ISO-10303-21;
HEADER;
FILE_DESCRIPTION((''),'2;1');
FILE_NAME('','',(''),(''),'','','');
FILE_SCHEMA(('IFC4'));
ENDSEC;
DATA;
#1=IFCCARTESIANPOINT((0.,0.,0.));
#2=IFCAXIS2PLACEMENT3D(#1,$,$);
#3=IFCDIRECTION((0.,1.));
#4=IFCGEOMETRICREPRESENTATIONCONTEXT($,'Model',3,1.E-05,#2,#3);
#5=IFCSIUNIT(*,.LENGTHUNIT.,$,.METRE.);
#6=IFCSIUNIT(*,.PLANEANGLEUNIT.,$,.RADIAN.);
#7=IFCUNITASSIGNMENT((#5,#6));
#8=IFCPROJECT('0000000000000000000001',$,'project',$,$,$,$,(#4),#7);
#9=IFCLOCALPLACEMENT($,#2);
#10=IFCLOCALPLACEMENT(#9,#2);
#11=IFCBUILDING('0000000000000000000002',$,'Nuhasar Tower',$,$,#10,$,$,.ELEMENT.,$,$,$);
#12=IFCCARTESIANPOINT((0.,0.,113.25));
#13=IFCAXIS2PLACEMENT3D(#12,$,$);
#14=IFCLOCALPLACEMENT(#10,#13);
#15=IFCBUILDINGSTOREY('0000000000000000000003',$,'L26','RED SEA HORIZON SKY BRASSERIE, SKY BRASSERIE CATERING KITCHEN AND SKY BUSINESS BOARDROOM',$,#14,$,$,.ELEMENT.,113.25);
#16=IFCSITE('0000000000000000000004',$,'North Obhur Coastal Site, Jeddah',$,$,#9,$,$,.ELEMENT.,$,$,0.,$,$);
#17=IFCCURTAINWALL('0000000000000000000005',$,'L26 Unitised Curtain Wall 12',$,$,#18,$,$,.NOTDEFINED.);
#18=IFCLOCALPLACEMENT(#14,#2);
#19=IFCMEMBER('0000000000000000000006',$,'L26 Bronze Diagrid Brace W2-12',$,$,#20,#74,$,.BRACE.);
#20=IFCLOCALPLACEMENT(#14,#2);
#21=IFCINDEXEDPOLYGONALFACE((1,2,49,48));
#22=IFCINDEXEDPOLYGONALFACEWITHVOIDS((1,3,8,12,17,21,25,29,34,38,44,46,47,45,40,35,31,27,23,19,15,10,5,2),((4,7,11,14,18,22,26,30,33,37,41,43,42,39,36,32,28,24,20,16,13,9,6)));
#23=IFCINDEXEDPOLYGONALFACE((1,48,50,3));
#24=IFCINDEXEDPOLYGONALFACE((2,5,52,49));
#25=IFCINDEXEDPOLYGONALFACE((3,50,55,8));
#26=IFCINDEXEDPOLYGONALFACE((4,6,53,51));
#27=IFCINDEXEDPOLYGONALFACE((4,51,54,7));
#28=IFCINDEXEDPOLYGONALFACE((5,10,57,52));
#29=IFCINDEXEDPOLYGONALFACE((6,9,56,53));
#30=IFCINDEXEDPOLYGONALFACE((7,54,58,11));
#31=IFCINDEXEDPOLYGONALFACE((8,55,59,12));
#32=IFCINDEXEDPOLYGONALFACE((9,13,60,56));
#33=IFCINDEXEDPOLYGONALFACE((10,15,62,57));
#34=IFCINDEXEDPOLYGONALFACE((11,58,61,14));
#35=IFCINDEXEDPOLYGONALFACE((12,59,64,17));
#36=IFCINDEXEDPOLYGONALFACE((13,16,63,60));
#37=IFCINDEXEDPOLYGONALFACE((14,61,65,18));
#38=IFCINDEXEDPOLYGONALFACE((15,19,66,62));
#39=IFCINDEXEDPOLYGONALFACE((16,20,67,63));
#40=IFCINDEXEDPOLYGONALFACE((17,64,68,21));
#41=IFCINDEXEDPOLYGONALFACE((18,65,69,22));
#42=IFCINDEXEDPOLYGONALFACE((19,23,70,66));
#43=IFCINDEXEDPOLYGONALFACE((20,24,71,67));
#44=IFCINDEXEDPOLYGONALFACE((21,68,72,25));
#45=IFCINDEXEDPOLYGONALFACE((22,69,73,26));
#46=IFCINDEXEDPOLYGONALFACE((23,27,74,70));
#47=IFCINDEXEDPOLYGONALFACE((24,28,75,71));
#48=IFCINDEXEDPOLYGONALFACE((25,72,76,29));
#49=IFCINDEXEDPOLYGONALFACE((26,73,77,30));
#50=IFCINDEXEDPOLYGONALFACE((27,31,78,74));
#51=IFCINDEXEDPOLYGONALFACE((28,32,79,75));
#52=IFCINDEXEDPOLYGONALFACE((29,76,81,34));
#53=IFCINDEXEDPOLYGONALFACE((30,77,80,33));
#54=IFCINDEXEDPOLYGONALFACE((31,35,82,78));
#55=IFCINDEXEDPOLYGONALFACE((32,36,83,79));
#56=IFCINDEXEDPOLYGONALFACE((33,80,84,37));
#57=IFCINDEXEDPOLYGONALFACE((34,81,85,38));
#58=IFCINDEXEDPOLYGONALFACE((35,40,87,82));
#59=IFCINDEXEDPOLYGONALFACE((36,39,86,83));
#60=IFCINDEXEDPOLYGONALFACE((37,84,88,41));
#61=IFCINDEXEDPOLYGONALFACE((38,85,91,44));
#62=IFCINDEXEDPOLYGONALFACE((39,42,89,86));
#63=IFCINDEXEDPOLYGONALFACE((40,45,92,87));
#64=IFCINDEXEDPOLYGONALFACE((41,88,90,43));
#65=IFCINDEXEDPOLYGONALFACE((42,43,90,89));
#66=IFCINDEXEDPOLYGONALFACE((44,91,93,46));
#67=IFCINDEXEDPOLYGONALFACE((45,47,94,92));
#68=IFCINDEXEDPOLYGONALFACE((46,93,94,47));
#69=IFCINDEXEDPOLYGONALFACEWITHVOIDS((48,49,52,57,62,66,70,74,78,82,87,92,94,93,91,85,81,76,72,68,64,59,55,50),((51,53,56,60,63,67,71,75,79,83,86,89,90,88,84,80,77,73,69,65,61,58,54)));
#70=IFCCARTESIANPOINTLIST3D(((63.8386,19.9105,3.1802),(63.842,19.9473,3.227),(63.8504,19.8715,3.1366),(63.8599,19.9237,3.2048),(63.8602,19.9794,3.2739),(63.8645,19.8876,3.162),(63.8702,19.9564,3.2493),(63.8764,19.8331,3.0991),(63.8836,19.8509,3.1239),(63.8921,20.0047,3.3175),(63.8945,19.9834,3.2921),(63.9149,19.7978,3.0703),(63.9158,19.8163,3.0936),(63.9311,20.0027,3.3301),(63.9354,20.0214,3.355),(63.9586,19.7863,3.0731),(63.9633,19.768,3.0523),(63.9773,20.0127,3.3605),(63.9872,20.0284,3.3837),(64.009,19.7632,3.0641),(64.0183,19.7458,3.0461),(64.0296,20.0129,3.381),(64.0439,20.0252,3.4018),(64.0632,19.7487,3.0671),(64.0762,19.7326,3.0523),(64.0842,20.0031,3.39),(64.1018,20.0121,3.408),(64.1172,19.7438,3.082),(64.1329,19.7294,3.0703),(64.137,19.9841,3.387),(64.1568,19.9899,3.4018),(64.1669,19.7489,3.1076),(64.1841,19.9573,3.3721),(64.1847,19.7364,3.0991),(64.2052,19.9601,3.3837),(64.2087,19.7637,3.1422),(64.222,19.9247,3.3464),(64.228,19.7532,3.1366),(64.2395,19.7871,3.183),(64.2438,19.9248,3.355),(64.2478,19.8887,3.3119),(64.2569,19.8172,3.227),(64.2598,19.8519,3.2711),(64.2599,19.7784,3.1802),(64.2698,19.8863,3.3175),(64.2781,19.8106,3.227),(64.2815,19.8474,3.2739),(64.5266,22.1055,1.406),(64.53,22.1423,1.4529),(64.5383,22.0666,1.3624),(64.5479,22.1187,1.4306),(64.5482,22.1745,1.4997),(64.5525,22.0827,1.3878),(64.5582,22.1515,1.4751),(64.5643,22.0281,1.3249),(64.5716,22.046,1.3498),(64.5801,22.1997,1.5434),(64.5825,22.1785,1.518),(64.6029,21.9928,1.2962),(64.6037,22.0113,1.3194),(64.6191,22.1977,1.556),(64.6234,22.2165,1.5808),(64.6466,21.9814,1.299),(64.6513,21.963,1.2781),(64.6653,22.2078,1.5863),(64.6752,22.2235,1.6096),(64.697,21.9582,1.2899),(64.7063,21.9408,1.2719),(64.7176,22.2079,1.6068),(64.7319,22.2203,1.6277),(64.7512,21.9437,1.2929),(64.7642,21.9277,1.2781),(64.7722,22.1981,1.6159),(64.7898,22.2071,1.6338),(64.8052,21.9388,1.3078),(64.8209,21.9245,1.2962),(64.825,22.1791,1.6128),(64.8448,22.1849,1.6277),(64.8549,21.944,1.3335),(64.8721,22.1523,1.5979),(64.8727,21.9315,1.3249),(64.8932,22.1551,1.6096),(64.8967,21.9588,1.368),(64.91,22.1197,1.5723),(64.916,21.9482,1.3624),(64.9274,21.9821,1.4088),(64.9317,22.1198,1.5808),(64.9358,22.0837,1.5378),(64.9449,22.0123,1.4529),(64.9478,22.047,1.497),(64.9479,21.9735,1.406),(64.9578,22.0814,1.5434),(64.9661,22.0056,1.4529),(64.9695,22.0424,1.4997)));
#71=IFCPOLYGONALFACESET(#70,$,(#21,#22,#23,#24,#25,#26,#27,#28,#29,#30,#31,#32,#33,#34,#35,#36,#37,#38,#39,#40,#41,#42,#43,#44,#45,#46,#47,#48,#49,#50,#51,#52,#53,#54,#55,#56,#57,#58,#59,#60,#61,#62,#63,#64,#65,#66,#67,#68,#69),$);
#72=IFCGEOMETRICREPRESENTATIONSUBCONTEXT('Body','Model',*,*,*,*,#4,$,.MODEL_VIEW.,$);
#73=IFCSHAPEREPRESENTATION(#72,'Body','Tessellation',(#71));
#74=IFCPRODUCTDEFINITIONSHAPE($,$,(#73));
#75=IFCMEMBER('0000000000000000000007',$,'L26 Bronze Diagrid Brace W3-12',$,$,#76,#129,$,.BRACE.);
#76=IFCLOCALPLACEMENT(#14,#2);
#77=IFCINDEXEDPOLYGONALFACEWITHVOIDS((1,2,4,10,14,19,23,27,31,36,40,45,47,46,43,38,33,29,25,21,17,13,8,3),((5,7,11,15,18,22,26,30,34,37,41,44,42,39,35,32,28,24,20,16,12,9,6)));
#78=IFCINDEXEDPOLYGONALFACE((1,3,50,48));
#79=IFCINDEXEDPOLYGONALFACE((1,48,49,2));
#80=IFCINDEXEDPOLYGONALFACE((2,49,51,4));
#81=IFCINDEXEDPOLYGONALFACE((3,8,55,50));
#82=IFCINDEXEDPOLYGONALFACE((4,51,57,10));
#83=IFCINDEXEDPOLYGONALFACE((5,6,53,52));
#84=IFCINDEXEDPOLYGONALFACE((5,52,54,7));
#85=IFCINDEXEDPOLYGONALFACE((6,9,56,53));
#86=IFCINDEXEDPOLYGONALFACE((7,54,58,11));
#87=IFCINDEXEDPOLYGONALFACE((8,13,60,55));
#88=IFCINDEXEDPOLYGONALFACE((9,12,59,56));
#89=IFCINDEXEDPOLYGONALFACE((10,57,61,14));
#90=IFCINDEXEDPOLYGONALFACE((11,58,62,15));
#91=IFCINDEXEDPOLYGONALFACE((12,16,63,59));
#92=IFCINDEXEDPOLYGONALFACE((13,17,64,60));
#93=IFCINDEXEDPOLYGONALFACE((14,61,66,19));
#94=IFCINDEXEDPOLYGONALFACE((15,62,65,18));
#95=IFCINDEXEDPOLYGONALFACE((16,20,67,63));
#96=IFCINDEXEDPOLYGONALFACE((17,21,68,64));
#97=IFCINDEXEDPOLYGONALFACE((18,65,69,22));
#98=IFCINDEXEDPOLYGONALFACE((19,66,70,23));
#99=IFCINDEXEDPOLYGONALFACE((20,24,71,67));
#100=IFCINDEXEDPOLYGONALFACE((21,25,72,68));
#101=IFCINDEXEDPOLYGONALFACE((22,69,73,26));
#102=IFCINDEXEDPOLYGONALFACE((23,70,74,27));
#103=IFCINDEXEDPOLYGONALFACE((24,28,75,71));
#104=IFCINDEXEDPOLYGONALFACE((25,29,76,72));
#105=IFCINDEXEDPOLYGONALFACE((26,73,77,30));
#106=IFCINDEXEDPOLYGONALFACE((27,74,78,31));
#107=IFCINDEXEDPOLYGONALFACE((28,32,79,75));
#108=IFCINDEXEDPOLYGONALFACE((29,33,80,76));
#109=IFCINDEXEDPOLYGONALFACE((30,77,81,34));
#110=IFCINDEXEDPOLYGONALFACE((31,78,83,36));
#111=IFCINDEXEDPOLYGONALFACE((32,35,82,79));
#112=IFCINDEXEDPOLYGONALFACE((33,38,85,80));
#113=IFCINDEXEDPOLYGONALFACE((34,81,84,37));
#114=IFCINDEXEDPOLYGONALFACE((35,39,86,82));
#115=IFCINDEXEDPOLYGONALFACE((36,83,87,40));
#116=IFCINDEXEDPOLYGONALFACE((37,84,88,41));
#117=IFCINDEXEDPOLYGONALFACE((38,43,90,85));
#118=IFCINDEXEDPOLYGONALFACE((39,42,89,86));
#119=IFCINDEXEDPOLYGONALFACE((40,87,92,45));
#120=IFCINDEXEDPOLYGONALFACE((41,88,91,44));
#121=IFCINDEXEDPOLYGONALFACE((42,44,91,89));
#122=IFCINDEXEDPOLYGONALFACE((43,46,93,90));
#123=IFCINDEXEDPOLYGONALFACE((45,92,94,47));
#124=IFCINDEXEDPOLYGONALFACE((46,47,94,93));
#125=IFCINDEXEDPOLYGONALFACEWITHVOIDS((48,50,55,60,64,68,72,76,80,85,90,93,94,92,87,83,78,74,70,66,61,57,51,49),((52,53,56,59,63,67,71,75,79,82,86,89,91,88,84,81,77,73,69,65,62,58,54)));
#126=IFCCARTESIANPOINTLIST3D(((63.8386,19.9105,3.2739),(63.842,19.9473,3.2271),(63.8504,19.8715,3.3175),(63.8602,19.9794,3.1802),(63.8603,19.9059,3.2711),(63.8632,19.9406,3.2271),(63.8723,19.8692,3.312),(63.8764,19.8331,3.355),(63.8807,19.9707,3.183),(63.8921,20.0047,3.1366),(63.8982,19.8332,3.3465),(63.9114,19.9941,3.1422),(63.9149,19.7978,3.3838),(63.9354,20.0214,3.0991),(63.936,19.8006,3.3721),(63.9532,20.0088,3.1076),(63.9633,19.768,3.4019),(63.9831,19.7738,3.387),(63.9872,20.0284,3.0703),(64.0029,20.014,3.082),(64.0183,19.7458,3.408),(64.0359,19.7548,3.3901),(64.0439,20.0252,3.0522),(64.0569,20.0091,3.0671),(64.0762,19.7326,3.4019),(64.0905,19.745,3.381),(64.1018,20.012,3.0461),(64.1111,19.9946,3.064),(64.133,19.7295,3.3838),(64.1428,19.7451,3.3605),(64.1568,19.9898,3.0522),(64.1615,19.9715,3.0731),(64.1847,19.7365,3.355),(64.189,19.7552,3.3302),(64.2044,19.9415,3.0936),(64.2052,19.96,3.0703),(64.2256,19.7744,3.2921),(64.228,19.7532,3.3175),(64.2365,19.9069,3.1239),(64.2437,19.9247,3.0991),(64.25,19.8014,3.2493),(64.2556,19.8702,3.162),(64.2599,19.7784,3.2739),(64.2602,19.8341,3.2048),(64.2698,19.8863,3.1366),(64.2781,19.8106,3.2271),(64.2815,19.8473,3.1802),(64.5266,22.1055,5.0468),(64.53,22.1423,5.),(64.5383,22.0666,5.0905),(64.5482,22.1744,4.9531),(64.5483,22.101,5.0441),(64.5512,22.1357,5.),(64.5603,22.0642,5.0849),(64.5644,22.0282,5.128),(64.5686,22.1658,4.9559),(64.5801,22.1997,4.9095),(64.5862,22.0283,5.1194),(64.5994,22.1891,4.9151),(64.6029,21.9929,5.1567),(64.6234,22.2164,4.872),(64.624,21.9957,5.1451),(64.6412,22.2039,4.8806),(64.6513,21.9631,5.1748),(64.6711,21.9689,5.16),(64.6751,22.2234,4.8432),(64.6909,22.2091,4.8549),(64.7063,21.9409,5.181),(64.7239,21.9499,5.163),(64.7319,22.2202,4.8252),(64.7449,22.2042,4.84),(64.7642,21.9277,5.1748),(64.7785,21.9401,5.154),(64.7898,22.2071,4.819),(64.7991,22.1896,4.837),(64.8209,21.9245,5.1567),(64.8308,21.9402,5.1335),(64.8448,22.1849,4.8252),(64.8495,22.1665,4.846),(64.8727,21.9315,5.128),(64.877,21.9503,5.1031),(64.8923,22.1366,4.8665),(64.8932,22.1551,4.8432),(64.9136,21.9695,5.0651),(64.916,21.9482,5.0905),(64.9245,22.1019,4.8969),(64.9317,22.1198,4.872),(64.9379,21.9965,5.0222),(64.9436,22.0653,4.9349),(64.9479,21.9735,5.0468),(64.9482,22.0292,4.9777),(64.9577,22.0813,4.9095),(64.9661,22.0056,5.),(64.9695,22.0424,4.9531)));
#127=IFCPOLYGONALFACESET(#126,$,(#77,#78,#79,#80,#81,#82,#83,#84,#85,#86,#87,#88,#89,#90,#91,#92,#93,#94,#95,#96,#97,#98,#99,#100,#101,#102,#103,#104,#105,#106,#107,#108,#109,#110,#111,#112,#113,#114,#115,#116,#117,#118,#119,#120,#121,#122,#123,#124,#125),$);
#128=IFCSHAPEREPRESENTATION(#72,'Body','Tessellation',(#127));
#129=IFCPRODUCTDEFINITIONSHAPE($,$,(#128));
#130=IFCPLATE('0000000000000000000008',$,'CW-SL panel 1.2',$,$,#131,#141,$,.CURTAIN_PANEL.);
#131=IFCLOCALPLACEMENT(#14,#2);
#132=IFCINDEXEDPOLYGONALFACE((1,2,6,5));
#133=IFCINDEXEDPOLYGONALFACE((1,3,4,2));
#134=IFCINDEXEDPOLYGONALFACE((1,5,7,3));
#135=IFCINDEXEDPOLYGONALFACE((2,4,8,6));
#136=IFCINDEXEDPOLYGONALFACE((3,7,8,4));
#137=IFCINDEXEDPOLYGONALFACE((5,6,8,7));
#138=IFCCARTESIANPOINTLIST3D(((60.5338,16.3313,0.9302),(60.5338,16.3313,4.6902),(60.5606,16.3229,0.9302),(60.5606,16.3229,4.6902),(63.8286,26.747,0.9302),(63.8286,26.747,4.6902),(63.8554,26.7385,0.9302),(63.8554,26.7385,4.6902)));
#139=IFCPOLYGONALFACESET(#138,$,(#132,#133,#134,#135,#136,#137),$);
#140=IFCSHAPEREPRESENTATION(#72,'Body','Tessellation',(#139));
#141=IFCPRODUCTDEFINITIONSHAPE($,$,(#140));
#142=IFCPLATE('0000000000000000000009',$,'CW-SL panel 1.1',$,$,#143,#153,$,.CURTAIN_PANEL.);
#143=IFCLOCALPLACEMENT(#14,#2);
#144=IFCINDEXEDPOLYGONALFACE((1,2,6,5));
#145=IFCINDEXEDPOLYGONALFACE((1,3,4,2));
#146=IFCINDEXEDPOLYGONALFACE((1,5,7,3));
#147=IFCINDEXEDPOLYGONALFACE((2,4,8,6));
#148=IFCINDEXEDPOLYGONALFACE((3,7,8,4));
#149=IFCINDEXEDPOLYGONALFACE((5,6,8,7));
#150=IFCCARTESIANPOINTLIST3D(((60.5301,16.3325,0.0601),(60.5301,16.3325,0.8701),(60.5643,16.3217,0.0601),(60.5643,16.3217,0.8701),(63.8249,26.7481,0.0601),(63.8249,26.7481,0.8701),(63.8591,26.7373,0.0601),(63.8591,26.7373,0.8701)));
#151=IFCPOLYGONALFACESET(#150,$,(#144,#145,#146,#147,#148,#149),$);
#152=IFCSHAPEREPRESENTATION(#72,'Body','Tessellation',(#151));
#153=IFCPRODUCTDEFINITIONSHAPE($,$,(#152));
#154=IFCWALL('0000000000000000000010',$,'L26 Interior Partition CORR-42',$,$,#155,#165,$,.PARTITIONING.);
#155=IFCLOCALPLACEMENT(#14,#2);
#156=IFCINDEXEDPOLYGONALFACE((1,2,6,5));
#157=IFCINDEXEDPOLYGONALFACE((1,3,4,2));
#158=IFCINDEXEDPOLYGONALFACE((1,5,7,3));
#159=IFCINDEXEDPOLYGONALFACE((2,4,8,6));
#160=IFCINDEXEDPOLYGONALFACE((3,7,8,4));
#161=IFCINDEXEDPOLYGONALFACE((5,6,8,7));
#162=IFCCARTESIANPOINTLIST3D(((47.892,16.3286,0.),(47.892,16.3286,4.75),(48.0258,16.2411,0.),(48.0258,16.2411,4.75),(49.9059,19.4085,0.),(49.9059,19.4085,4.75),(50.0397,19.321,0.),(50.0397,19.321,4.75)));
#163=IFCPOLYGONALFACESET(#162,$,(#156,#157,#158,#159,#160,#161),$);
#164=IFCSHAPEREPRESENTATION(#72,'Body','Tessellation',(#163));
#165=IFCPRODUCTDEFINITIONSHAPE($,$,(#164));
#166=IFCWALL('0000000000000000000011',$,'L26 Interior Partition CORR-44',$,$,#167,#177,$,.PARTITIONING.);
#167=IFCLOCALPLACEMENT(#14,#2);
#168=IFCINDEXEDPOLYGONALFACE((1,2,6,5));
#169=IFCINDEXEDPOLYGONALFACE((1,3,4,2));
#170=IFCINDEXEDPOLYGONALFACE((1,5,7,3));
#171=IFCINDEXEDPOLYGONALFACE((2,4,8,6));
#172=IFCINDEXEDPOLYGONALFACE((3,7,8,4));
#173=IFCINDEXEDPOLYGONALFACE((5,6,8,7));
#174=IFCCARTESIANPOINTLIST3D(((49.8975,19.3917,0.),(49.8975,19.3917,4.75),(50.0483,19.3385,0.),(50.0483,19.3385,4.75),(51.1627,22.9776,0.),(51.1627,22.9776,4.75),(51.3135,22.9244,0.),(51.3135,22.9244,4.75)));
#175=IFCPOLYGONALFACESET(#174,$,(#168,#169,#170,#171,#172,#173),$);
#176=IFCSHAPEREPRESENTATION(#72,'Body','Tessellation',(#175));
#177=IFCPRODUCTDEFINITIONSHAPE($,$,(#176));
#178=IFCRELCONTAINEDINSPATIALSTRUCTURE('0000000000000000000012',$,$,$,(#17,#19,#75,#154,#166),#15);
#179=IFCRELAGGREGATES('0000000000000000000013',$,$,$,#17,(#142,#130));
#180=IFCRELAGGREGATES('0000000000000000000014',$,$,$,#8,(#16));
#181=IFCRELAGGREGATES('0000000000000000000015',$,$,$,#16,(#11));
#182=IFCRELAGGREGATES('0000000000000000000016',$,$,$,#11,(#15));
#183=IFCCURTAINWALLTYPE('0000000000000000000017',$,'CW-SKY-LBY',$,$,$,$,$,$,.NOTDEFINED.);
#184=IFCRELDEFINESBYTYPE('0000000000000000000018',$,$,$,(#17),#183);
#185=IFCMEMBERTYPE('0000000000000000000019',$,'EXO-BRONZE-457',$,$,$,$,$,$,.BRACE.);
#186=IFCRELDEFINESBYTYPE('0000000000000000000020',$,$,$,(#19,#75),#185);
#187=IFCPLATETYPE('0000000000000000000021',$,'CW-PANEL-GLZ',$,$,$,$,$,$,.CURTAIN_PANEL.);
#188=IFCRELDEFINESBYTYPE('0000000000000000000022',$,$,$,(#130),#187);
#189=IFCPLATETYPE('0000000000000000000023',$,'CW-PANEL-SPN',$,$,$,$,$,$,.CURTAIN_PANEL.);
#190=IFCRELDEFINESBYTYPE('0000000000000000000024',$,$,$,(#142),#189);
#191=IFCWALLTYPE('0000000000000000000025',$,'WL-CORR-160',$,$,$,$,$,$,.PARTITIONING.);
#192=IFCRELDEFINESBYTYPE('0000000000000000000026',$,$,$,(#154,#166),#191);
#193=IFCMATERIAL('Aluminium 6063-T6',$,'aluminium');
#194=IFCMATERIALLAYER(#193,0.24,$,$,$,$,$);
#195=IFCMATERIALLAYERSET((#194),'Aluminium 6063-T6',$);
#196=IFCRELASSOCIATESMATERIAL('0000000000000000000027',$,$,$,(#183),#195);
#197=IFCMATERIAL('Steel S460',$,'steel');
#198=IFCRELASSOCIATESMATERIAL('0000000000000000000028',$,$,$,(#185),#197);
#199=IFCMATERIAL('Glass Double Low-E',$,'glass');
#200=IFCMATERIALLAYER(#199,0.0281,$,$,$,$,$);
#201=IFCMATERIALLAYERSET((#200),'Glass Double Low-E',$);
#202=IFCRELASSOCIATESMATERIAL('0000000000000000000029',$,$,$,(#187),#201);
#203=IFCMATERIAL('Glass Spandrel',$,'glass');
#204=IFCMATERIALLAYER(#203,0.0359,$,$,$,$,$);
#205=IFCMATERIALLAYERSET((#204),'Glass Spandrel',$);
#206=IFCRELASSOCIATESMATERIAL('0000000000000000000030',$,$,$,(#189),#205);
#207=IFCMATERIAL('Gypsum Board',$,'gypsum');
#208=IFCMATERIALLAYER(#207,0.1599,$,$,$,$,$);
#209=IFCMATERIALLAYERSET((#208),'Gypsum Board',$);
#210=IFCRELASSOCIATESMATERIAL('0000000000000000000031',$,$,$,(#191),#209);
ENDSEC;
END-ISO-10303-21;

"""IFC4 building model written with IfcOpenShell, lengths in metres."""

from ifc_helpers import new_model, si_unit, direction, frame, frame_2d, origin, origin_2d, place, context, subcontext, project, spatial, rectangle, hollow_circle, extrude, material, layer, layer_set, material_profile, profile_set, type_object, element, aggregate, save


model = new_model("IFC4")

# Units and contexts
model_context = context("Model", 3, precision=1e-05, world=origin(), true_north=direction((0.0, 1.0)))
body_context = subcontext(model_context, "Body", "Model", "MODEL_VIEW")
ifc_project = project(units=[si_unit("LENGTHUNIT", "METRE"), si_unit("PLANEANGLEUNIT", "RADIAN")], contexts=[model_context])

# Site, building, storey
site_placement = place(None, origin())
site = spatial("IfcSite", under=ifc_project, at=site_placement, Name="North Obhur Coastal Site, Jeddah", CompositionType="ELEMENT", RefElevation=0.0)
building_placement = place(site_placement, origin())
building = spatial("IfcBuilding", under=site, at=building_placement, Name="Nuhasar Tower", CompositionType="ELEMENT")
storey_placement = place(building_placement, frame((0.0, 0.0, 113.25)))
storey = spatial("IfcBuildingStorey", under=building, at=storey_placement, Name="L26", Description="RED SEA HORIZON SKY BRASSERIE, SKY BRASSERIE CATERING KITCHEN AND SKY BUSINESS BOARDROOM", CompositionType="ELEMENT", Elevation=113.25)

# Shared definitions
ifc_material_1 = material(Name="Steel S460", Category="steel")

# Curtain wall
ifc_material_2 = material(Name="Aluminium 6063-T6", Category="aluminium")
ifc_layer_1 = layer(ifc_material_2, 0.24)
ifc_layer_set_1 = layer_set([ifc_layer_1], Name="Aluminium 6063-T6")
curtain_wall_type = type_object("IfcCurtainWallType", Name="CW-SKY-LBY", PredefinedType="NOTDEFINED", material=ifc_layer_set_1)
curtain_wall_placement = place(storey_placement, origin())
curtain_wall = element("IfcCurtainWall", 1, at=curtain_wall_placement, inside=storey, type_object=curtain_wall_type, Name="L26 Unitised Curtain Wall 12", PredefinedType="NOTDEFINED")

# Members
ifc_material_profile_1 = material_profile(ifc_material_1, hollow_circle(Radius=0.2285, WallThickness=0.0222, at=origin_2d()), Name="HSS457X22.2")
ifc_profile_set_1 = profile_set([ifc_material_profile_1], Name="Steel S460")
member_type_1 = type_object("IfcMemberType", Name="EXO-BRONZE-457", PredefinedType="BRACE", material=ifc_profile_set_1)
member_1_placement = place(storey_placement, frame((64.748, 22.074, 1.4529), z_axis=(-0.236825, -0.755604, 0.610719), x_axis=(0.954228, -0.299079, 0.0)))
element("IfcMember", 2, at=member_1_placement, inside=storey, type_object=member_type_1, Name="L26 Bronze Diagrid Brace W2-12", PredefinedType="BRACE", context=body_context, shape_type="SweptSolid", body=[
    extrude(hollow_circle(Radius=0.2285, WallThickness=0.0222, at=origin_2d()), origin(), (0.0, 0.0, 1.0), 2.905),
])
member_2_placement = place(storey_placement, frame((64.0601, 19.8789, 3.2271), z_axis=(0.236885, 0.755798, 0.610455), x_axis=(-0.954228, 0.299079, 0.0)))
element("IfcMember", 3, at=member_2_placement, inside=storey, type_object=member_type_1, Name="L26 Bronze Diagrid Brace W3-12", PredefinedType="BRACE", context=body_context, shape_type="SweptSolid", body=[
    extrude(hollow_circle(Radius=0.2285, WallThickness=0.0222, at=origin_2d()), origin(), (0.0, 0.0, 1.0), 2.9043),
])

# Plates
ifc_material_3 = material(Name="Glass Double Low-E", Category="glass")
ifc_layer_2 = layer(ifc_material_3, 0.0281)
ifc_layer_set_2 = layer_set([ifc_layer_2], Name="Glass Double Low-E")
plate_type_1 = type_object("IfcPlateType", Name="CW-PANEL-GLZ", PredefinedType="CURTAIN_PANEL", material=ifc_layer_set_2)
plate_1_placement = place(storey_placement, frame((62.1946, 21.5349, 0.9302), z_axis=(0.0, 0.0, 1.0), x_axis=(0.301604, 0.953433, 0.0)))
plate_1 = element("IfcPlate", 4, at=plate_1_placement, type_object=plate_type_1, Name="CW-SL panel 1.2", PredefinedType="CURTAIN_PANEL", context=body_context, shape_type="SweptSolid", body=[
    extrude(rectangle(XDim=10.9243, YDim=0.0281, at=origin_2d()), origin(), (0.0, 0.0, 1.0), 3.76),
])
ifc_material_4 = material(Name="Glass Spandrel", Category="glass")
ifc_layer_3 = layer(ifc_material_4, 0.0359)
ifc_layer_set_3 = layer_set([ifc_layer_3], Name="Glass Spandrel")
plate_type_2 = type_object("IfcPlateType", Name="CW-PANEL-SPN", PredefinedType="CURTAIN_PANEL", material=ifc_layer_set_3)
plate_2_placement = place(storey_placement, frame((62.1946, 21.5349, 0.0601), z_axis=(0.0, 0.0, 1.0), x_axis=(0.301604, 0.953433, 0.0)))
plate_2 = element("IfcPlate", 5, at=plate_2_placement, type_object=plate_type_2, Name="CW-SL panel 1.1", PredefinedType="CURTAIN_PANEL", context=body_context, shape_type="SweptSolid", body=[
    extrude(rectangle(XDim=10.9243, YDim=0.0359, at=origin_2d()), origin(), (0.0, 0.0, 1.0), 0.8101),
])
aggregate(curtain_wall, [plate_2, plate_1])

# Walls
ifc_material_5 = material(Name="Gypsum Board", Category="gypsum")
ifc_layer_4 = layer(ifc_material_5, 0.1599)
ifc_layer_set_4 = layer_set([ifc_layer_4], Name="Gypsum Board")
wall_type_1 = type_object("IfcWallType", Name="WL-CORR-160", PredefinedType="PARTITIONING", material=ifc_layer_set_4)
wall_1_placement = place(storey_placement, frame((47.959, 16.2849, 0.0), z_axis=(0.0, 0.0, 1.0), x_axis=(0.547253, 0.836967, 0.0)))
element("IfcWall", 6, at=wall_1_placement, inside=storey, type_object=wall_type_1, Name="L26 Interior Partition CORR-42", PredefinedType="PARTITIONING", context=body_context, shape_type="SweptSolid", body=[
    extrude(rectangle(XDim=3.6799, YDim=0.1599, at=frame_2d((1.8398, 0.0))), origin(), (0.0, 0.0, 1.0), 4.75),
])
wall_2_placement = place(storey_placement, frame((49.9729, 19.365, 0.0), z_axis=(0.0, 0.0, 1.0), x_axis=(0.332706, 0.943031, 0.0)))
element("IfcWall", 7, at=wall_2_placement, inside=storey, type_object=wall_type_1, Name="L26 Interior Partition CORR-44", PredefinedType="PARTITIONING", context=body_context, shape_type="SweptSolid", body=[
    extrude(rectangle(XDim=3.8025, YDim=0.1599, at=frame_2d((1.9014, 0.0))), origin(), (0.0, 0.0, 1.0), 4.75),
])

save(model, "model.ifc")
